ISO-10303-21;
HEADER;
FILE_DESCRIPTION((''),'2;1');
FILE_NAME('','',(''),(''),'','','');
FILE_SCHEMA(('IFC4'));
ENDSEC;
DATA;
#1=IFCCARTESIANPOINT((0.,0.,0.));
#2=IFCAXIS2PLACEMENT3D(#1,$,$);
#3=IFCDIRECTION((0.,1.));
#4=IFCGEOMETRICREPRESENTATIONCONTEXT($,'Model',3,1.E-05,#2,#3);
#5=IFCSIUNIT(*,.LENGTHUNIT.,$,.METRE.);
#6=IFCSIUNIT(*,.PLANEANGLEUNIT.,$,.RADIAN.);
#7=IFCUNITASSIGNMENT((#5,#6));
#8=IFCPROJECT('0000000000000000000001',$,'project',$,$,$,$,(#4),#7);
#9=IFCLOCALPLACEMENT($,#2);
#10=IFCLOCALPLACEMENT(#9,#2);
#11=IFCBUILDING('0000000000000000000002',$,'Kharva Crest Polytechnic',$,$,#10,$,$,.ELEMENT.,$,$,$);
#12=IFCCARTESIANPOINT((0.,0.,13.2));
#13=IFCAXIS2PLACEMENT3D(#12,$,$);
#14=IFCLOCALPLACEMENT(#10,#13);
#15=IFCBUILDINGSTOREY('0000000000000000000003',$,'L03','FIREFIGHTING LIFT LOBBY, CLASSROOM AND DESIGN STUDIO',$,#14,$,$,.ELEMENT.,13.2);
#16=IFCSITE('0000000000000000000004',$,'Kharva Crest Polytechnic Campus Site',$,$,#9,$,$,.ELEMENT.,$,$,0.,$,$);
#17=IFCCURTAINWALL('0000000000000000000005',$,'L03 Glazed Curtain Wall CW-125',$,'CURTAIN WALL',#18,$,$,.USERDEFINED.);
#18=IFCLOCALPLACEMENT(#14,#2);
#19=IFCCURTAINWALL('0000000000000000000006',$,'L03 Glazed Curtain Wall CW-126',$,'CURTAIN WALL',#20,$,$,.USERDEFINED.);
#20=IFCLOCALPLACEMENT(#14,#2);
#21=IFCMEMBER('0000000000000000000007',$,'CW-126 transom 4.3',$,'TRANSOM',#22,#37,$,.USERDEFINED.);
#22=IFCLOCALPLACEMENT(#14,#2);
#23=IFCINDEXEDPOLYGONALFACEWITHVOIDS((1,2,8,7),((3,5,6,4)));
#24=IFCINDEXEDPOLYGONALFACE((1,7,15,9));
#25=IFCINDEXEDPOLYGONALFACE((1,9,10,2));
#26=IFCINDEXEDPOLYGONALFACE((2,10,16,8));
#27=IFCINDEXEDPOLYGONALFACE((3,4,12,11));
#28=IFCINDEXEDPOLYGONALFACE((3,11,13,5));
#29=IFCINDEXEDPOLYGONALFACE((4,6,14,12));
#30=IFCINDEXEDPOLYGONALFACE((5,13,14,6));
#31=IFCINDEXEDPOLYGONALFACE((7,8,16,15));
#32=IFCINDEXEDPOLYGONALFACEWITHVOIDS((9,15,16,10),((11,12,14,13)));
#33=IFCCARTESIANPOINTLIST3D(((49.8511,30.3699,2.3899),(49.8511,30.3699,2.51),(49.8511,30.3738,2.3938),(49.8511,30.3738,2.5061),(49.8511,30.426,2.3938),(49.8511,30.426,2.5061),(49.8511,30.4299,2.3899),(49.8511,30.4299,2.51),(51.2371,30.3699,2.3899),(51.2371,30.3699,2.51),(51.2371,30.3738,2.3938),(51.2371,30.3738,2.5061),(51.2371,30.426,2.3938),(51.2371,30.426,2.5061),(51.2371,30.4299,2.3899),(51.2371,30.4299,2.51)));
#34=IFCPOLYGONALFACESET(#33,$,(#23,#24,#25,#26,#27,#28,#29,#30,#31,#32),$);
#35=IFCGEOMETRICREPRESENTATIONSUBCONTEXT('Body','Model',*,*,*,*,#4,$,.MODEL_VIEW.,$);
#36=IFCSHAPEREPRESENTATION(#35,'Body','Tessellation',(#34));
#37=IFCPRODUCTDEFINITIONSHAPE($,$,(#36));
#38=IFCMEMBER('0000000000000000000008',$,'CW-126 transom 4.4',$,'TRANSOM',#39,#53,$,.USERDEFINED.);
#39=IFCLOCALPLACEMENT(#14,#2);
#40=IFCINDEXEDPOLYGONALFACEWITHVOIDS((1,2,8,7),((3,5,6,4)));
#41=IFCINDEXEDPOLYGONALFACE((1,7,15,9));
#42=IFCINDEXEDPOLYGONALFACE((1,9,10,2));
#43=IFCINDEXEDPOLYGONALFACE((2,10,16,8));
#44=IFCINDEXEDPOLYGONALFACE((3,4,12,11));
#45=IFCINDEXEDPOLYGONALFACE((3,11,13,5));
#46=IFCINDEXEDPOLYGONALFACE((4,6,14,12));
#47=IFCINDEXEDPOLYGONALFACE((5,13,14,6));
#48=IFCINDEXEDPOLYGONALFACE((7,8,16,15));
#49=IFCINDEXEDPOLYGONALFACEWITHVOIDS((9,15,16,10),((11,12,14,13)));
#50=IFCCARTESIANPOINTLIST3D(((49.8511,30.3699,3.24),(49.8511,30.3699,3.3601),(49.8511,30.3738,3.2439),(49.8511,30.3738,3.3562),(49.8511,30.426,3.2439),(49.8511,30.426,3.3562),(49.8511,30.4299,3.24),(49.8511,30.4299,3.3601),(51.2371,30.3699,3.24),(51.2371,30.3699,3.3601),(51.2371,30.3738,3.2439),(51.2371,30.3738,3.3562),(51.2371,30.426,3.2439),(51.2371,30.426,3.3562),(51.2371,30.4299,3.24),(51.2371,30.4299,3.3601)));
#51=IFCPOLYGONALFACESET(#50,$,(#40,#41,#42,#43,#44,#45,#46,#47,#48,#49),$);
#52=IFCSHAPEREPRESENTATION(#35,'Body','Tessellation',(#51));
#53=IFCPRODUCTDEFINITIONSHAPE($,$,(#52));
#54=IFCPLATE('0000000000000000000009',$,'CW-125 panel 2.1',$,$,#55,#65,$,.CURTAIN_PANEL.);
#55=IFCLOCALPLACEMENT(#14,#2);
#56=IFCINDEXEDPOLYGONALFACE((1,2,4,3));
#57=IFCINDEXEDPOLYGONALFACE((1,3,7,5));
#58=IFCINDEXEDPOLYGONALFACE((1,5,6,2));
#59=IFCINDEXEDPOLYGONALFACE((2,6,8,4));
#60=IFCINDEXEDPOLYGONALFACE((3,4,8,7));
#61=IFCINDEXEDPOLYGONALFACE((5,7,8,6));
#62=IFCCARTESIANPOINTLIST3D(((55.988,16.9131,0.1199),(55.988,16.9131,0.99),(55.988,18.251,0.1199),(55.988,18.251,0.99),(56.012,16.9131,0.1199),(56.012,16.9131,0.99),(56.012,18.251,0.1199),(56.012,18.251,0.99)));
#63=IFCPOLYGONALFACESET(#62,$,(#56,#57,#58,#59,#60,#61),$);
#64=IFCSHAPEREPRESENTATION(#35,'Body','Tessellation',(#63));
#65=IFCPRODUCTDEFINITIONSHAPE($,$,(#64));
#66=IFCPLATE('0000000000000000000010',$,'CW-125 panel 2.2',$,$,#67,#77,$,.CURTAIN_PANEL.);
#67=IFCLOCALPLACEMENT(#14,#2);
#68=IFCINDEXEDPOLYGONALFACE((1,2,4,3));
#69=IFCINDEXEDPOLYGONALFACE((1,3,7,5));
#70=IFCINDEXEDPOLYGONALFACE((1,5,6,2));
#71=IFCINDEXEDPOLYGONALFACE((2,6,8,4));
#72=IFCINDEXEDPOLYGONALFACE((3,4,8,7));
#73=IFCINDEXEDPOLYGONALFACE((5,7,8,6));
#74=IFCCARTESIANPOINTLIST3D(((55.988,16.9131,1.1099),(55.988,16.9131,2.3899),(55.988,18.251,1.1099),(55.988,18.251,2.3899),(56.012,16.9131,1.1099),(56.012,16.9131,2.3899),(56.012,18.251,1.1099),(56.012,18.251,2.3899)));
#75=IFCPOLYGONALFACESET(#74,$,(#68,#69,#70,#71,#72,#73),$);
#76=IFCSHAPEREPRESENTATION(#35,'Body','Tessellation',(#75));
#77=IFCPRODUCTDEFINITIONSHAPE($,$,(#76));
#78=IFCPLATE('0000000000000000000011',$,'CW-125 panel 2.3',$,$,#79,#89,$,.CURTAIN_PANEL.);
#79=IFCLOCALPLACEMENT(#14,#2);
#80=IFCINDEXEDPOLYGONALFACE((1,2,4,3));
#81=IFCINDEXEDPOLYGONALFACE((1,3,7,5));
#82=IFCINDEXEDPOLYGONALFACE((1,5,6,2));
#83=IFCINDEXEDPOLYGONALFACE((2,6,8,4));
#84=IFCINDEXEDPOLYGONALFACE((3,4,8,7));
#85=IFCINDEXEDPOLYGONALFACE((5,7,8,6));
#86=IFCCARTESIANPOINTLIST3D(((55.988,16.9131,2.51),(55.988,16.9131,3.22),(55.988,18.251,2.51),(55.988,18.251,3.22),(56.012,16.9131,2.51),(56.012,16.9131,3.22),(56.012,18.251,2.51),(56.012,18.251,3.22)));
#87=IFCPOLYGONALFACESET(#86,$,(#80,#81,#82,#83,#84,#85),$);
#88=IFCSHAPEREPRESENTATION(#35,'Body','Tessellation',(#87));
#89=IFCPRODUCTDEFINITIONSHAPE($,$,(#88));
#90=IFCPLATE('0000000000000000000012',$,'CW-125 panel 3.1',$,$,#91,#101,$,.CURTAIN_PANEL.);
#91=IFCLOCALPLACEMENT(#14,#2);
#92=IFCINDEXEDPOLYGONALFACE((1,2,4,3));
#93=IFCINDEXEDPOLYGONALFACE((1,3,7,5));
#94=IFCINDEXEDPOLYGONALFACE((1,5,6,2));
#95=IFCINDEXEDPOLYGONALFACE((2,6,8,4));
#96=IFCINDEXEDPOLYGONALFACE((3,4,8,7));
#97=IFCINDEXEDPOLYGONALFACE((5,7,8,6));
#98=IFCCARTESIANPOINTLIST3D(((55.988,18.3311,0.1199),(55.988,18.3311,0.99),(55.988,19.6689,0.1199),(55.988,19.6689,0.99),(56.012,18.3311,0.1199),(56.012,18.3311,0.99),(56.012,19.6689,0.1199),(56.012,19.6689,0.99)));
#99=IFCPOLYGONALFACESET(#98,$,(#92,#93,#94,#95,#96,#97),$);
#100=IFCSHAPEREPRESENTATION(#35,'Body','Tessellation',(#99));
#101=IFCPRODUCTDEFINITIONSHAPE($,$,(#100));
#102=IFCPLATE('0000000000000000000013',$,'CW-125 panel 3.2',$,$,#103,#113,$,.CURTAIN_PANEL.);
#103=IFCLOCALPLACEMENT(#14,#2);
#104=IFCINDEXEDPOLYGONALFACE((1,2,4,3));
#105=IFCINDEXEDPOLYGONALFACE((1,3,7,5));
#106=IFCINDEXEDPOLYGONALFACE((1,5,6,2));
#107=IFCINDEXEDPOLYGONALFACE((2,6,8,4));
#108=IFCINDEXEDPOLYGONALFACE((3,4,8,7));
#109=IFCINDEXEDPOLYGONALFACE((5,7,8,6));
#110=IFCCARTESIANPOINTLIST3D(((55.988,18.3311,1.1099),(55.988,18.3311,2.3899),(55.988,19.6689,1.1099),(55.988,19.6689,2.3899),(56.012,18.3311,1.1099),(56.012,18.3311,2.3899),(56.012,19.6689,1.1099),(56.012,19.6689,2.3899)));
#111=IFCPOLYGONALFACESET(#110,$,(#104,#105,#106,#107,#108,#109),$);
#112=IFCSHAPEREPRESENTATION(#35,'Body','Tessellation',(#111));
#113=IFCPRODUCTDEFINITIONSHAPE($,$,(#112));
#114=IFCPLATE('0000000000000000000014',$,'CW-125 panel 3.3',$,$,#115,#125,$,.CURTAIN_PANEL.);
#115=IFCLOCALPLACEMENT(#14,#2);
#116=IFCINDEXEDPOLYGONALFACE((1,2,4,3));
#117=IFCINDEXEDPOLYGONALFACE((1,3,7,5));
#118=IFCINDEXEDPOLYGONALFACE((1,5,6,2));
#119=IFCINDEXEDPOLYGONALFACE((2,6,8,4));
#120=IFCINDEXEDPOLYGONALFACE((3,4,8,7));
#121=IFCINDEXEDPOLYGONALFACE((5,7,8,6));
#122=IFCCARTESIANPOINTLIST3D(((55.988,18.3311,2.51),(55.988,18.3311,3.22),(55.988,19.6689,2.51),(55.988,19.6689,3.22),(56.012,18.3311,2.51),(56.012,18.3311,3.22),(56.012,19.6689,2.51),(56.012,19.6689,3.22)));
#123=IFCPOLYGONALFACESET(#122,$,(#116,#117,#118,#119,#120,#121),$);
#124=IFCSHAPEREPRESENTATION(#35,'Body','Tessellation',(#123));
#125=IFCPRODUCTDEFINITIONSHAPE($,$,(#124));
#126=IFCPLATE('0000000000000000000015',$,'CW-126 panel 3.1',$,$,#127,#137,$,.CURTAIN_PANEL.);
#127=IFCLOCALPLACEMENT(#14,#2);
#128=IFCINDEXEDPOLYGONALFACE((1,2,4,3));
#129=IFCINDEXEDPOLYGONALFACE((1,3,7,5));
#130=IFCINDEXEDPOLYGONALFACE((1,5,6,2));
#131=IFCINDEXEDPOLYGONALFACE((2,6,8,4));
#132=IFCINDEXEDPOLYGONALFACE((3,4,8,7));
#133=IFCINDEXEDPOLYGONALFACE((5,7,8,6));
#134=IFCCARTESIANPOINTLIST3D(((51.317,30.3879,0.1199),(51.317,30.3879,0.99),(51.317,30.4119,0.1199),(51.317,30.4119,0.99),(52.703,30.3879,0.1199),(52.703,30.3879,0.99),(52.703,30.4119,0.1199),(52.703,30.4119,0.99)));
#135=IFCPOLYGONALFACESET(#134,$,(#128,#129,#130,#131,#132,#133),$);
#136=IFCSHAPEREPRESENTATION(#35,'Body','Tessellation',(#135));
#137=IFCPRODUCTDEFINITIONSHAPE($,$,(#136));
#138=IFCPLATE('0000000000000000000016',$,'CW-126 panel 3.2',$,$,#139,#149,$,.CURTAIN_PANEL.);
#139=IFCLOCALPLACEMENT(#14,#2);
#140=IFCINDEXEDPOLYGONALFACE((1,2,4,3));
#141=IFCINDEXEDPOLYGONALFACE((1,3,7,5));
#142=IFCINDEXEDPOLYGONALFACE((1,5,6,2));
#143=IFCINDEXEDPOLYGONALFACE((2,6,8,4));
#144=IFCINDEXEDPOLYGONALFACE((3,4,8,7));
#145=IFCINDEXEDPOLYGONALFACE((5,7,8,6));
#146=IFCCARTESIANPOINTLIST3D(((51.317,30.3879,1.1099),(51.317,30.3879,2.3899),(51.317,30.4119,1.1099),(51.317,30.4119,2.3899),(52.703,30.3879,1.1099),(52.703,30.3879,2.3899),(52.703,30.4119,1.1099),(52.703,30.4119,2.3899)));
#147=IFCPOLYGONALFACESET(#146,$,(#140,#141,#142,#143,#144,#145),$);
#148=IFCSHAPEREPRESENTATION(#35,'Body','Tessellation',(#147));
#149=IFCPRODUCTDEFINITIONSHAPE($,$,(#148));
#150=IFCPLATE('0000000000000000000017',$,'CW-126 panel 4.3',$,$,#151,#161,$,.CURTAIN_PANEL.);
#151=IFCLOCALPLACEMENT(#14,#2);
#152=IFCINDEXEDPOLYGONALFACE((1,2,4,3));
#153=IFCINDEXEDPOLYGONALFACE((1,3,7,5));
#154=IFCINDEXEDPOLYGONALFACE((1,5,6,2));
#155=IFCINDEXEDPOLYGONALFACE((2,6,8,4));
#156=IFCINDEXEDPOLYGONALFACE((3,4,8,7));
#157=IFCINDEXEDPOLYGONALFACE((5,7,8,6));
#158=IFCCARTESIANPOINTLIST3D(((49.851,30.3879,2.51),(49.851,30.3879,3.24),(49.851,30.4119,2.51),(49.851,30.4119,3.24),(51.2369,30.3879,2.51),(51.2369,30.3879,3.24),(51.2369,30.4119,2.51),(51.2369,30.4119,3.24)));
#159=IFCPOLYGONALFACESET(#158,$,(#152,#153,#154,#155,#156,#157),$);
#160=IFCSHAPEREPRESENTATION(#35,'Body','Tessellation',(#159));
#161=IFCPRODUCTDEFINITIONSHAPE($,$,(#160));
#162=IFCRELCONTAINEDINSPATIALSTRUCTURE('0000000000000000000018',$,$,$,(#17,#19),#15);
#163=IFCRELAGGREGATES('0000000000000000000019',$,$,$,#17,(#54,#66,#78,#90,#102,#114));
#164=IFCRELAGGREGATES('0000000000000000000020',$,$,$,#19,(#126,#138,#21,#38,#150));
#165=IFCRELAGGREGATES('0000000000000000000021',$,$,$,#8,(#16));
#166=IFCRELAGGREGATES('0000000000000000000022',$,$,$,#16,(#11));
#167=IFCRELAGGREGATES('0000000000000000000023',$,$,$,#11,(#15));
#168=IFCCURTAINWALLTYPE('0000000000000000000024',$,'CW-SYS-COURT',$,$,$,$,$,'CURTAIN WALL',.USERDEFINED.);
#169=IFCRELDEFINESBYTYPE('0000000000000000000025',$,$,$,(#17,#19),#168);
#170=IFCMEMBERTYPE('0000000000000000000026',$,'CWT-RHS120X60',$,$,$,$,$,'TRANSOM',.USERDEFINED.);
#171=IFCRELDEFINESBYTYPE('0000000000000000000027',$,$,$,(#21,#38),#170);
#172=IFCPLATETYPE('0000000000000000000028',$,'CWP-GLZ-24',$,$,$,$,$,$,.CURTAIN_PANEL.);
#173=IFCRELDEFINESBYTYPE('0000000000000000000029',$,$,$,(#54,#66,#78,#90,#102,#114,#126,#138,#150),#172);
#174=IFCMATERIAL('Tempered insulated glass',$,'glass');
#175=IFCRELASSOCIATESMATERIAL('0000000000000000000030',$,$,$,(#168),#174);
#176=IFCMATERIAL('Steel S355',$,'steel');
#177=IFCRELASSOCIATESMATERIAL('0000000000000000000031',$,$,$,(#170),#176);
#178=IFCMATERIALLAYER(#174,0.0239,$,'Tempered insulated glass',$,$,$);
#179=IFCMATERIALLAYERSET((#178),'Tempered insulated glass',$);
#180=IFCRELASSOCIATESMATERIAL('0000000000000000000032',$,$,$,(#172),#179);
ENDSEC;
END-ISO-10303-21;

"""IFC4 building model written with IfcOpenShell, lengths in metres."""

from ifc_helpers import new_model, si_unit, direction, frame, origin, origin_2d, place, context, subcontext, project, spatial, rectangle, hollow_rectangle, extrude, material, layer, layer_set, material_profile, profile_set, type_object, element, aggregate, save


model = new_model("IFC4")

# Units and contexts
model_context = context("Model", 3, precision=1e-05, world=origin(), true_north=direction((0.0, 1.0)))
body_context = subcontext(model_context, "Body", "Model", "MODEL_VIEW")
ifc_project = project(units=[si_unit("LENGTHUNIT", "METRE"), si_unit("PLANEANGLEUNIT", "RADIAN")], contexts=[model_context])

# Site, building, storey
site_placement = place(None, origin())
site = spatial("IfcSite", under=ifc_project, at=site_placement, Name="Kharva Crest Polytechnic Campus Site", CompositionType="ELEMENT", RefElevation=0.0)
building_placement = place(site_placement, origin())
building = spatial("IfcBuilding", under=site, at=building_placement, Name="Kharva Crest Polytechnic", CompositionType="ELEMENT")
storey_placement = place(building_placement, frame((0.0, 0.0, 13.2)))
storey = spatial("IfcBuildingStorey", under=building, at=storey_placement, Name="L03", Description="FIREFIGHTING LIFT LOBBY, CLASSROOM AND DESIGN STUDIO", CompositionType="ELEMENT", Elevation=13.2)

# Curtain walls
ifc_material_1 = material(Name="Tempered insulated glass", Category="glass")
curtain_wall_type = type_object("IfcCurtainWallType", Name="CW-SYS-COURT", ElementType="CURTAIN WALL", PredefinedType="USERDEFINED", material=ifc_material_1)
curtain_wall_1_placement = place(storey_placement, origin())
curtain_wall_1 = element("IfcCurtainWall", 1, at=curtain_wall_1_placement, inside=storey, type_object=curtain_wall_type, Name="L03 Glazed Curtain Wall CW-125", ObjectType="CURTAIN WALL", PredefinedType="USERDEFINED")
ifc_material_2 = material(Name="Steel S355", Category="steel")
curtain_wall_2_placement = place(storey_placement, origin())
curtain_wall_2 = element("IfcCurtainWall", 2, at=curtain_wall_2_placement, inside=storey, type_object=curtain_wall_type, Name="L03 Glazed Curtain Wall CW-126", ObjectType="CURTAIN WALL", PredefinedType="USERDEFINED")

# Members
ifc_material_profile_1 = material_profile(ifc_material_2, hollow_rectangle(XDim=0.0601, YDim=0.1201, WallThickness=0.0039, at=origin_2d()), Name="RHS 120X60X4.0")
ifc_profile_set_1 = profile_set([ifc_material_profile_1], Name="Steel S355")
member_type_1 = type_object("IfcMemberType", Name="CWT-RHS120X60", ElementType="TRANSOM", PredefinedType="USERDEFINED", material=ifc_profile_set_1)
member_1_placement = place(storey_placement, frame((51.2371, 30.3999, 2.45), z_axis=(-1.0, 0.0, 0.0), x_axis=(0.0, -1.0, 0.0)))
member_1 = element("IfcMember", 3, at=member_1_placement, type_object=member_type_1, Name="CW-126 transom 4.3", ObjectType="TRANSOM", PredefinedType="USERDEFINED", context=body_context, shape_type="SweptSolid", body=[
    extrude(hollow_rectangle(XDim=0.0601, YDim=0.1201, WallThickness=0.0039, at=origin_2d()), origin(), (0.0, 0.0, 1.0), 1.386),
])
member_2_placement = place(storey_placement, frame((51.2371, 30.3999, 3.3), z_axis=(-1.0, 0.0, 0.0), x_axis=(0.0, -1.0, 0.0)))
member_2 = element("IfcMember", 4, at=member_2_placement, type_object=member_type_1, Name="CW-126 transom 4.4", ObjectType="TRANSOM", PredefinedType="USERDEFINED", context=body_context, shape_type="SweptSolid", body=[
    extrude(hollow_rectangle(XDim=0.0601, YDim=0.1201, WallThickness=0.0039, at=origin_2d()), origin(), (0.0, 0.0, 1.0), 1.386),
])

# Plates
ifc_layer = layer(ifc_material_1, 0.0239, Name="Tempered insulated glass")
ifc_layer_set = layer_set([ifc_layer], Name="Tempered insulated glass")
plate_type = type_object("IfcPlateType", Name="CWP-GLZ-24", PredefinedType="CURTAIN_PANEL", material=ifc_layer_set)
plate_1_placement = place(storey_placement, frame((56.0, 17.582, 0.1199), z_axis=(0.0, 0.0, 1.0), x_axis=(0.0, 1.0, 0.0)))
plate_1 = element("IfcPlate", 5, at=plate_1_placement, type_object=plate_type, Name="CW-125 panel 2.1", PredefinedType="CURTAIN_PANEL", context=body_context, shape_type="SweptSolid", body=[
    extrude(rectangle(XDim=1.3379, YDim=0.0239, at=origin_2d()), origin(), (0.0, 0.0, 1.0), 0.8701),
])
plate_2_placement = place(storey_placement, frame((56.0, 17.582, 1.1099), z_axis=(0.0, 0.0, 1.0), x_axis=(0.0, 1.0, 0.0)))
plate_2 = element("IfcPlate", 6, at=plate_2_placement, type_object=plate_type, Name="CW-125 panel 2.2", PredefinedType="CURTAIN_PANEL", context=body_context, shape_type="SweptSolid", body=[
    extrude(rectangle(XDim=1.3379, YDim=0.0239, at=origin_2d()), origin(), (0.0, 0.0, 1.0), 1.28),
])
plate_3_placement = place(storey_placement, frame((56.0, 17.582, 2.51), z_axis=(0.0, 0.0, 1.0), x_axis=(0.0, 1.0, 0.0)))
plate_3 = element("IfcPlate", 7, at=plate_3_placement, type_object=plate_type, Name="CW-125 panel 2.3", PredefinedType="CURTAIN_PANEL", context=body_context, shape_type="SweptSolid", body=[
    extrude(rectangle(XDim=1.3379, YDim=0.0239, at=origin_2d()), origin(), (0.0, 0.0, 1.0), 0.71),
])
plate_4_placement = place(storey_placement, frame((56.0, 19.0, 0.1199), z_axis=(0.0, 0.0, 1.0), x_axis=(0.0, 1.0, 0.0)))
plate_4 = element("IfcPlate", 8, at=plate_4_placement, type_object=plate_type, Name="CW-125 panel 3.1", PredefinedType="CURTAIN_PANEL", context=body_context, shape_type="SweptSolid", body=[
    extrude(rectangle(XDim=1.3379, YDim=0.0239, at=origin_2d()), origin(), (0.0, 0.0, 1.0), 0.8701),
])
plate_5_placement = place(storey_placement, frame((56.0, 19.0, 1.1099), z_axis=(0.0, 0.0, 1.0), x_axis=(0.0, 1.0, 0.0)))
plate_5 = element("IfcPlate", 9, at=plate_5_placement, type_object=plate_type, Name="CW-125 panel 3.2", PredefinedType="CURTAIN_PANEL", context=body_context, shape_type="SweptSolid", body=[
    extrude(rectangle(XDim=1.3379, YDim=0.0239, at=origin_2d()), origin(), (0.0, 0.0, 1.0), 1.28),
])
plate_6_placement = place(storey_placement, frame((56.0, 19.0, 2.51), z_axis=(0.0, 0.0, 1.0), x_axis=(0.0, 1.0, 0.0)))
plate_6 = element("IfcPlate", 10, at=plate_6_placement, type_object=plate_type, Name="CW-125 panel 3.3", PredefinedType="CURTAIN_PANEL", context=body_context, shape_type="SweptSolid", body=[
    extrude(rectangle(XDim=1.3379, YDim=0.0239, at=origin_2d()), origin(), (0.0, 0.0, 1.0), 0.71),
])
aggregate(curtain_wall_1, [plate_1, plate_2, plate_3, plate_4, plate_5, plate_6])
plate_7_placement = place(storey_placement, frame((52.01, 30.3999, 0.1199), z_axis=(0.0, 0.0, 1.0), x_axis=(-1.0, 0.0, 0.0)))
plate_7 = element("IfcPlate", 11, at=plate_7_placement, type_object=plate_type, Name="CW-126 panel 3.1", PredefinedType="CURTAIN_PANEL", context=body_context, shape_type="SweptSolid", body=[
    extrude(rectangle(XDim=1.386, YDim=0.0239, at=origin_2d()), origin(), (0.0, 0.0, 1.0), 0.8701),
])
plate_8_placement = place(storey_placement, frame((52.01, 30.3999, 1.1099), z_axis=(0.0, 0.0, 1.0), x_axis=(-1.0, 0.0, 0.0)))
plate_8 = element("IfcPlate", 12, at=plate_8_placement, type_object=plate_type, Name="CW-126 panel 3.2", PredefinedType="CURTAIN_PANEL", context=body_context, shape_type="SweptSolid", body=[
    extrude(rectangle(XDim=1.386, YDim=0.0239, at=origin_2d()), origin(), (0.0, 0.0, 1.0), 1.28),
])
plate_9_placement = place(storey_placement, frame((50.5439, 30.3999, 2.51), z_axis=(0.0, 0.0, 1.0), x_axis=(-1.0, 0.0, 0.0)))
plate_9 = element("IfcPlate", 13, at=plate_9_placement, type_object=plate_type, Name="CW-126 panel 4.3", PredefinedType="CURTAIN_PANEL", context=body_context, shape_type="SweptSolid", body=[
    extrude(rectangle(XDim=1.386, YDim=0.0239, at=origin_2d()), origin(), (0.0, 0.0, 1.0), 0.73),
])
aggregate(curtain_wall_2, [plate_7, plate_8, member_1, member_2, plate_9])

save(model, "model.ifc")
